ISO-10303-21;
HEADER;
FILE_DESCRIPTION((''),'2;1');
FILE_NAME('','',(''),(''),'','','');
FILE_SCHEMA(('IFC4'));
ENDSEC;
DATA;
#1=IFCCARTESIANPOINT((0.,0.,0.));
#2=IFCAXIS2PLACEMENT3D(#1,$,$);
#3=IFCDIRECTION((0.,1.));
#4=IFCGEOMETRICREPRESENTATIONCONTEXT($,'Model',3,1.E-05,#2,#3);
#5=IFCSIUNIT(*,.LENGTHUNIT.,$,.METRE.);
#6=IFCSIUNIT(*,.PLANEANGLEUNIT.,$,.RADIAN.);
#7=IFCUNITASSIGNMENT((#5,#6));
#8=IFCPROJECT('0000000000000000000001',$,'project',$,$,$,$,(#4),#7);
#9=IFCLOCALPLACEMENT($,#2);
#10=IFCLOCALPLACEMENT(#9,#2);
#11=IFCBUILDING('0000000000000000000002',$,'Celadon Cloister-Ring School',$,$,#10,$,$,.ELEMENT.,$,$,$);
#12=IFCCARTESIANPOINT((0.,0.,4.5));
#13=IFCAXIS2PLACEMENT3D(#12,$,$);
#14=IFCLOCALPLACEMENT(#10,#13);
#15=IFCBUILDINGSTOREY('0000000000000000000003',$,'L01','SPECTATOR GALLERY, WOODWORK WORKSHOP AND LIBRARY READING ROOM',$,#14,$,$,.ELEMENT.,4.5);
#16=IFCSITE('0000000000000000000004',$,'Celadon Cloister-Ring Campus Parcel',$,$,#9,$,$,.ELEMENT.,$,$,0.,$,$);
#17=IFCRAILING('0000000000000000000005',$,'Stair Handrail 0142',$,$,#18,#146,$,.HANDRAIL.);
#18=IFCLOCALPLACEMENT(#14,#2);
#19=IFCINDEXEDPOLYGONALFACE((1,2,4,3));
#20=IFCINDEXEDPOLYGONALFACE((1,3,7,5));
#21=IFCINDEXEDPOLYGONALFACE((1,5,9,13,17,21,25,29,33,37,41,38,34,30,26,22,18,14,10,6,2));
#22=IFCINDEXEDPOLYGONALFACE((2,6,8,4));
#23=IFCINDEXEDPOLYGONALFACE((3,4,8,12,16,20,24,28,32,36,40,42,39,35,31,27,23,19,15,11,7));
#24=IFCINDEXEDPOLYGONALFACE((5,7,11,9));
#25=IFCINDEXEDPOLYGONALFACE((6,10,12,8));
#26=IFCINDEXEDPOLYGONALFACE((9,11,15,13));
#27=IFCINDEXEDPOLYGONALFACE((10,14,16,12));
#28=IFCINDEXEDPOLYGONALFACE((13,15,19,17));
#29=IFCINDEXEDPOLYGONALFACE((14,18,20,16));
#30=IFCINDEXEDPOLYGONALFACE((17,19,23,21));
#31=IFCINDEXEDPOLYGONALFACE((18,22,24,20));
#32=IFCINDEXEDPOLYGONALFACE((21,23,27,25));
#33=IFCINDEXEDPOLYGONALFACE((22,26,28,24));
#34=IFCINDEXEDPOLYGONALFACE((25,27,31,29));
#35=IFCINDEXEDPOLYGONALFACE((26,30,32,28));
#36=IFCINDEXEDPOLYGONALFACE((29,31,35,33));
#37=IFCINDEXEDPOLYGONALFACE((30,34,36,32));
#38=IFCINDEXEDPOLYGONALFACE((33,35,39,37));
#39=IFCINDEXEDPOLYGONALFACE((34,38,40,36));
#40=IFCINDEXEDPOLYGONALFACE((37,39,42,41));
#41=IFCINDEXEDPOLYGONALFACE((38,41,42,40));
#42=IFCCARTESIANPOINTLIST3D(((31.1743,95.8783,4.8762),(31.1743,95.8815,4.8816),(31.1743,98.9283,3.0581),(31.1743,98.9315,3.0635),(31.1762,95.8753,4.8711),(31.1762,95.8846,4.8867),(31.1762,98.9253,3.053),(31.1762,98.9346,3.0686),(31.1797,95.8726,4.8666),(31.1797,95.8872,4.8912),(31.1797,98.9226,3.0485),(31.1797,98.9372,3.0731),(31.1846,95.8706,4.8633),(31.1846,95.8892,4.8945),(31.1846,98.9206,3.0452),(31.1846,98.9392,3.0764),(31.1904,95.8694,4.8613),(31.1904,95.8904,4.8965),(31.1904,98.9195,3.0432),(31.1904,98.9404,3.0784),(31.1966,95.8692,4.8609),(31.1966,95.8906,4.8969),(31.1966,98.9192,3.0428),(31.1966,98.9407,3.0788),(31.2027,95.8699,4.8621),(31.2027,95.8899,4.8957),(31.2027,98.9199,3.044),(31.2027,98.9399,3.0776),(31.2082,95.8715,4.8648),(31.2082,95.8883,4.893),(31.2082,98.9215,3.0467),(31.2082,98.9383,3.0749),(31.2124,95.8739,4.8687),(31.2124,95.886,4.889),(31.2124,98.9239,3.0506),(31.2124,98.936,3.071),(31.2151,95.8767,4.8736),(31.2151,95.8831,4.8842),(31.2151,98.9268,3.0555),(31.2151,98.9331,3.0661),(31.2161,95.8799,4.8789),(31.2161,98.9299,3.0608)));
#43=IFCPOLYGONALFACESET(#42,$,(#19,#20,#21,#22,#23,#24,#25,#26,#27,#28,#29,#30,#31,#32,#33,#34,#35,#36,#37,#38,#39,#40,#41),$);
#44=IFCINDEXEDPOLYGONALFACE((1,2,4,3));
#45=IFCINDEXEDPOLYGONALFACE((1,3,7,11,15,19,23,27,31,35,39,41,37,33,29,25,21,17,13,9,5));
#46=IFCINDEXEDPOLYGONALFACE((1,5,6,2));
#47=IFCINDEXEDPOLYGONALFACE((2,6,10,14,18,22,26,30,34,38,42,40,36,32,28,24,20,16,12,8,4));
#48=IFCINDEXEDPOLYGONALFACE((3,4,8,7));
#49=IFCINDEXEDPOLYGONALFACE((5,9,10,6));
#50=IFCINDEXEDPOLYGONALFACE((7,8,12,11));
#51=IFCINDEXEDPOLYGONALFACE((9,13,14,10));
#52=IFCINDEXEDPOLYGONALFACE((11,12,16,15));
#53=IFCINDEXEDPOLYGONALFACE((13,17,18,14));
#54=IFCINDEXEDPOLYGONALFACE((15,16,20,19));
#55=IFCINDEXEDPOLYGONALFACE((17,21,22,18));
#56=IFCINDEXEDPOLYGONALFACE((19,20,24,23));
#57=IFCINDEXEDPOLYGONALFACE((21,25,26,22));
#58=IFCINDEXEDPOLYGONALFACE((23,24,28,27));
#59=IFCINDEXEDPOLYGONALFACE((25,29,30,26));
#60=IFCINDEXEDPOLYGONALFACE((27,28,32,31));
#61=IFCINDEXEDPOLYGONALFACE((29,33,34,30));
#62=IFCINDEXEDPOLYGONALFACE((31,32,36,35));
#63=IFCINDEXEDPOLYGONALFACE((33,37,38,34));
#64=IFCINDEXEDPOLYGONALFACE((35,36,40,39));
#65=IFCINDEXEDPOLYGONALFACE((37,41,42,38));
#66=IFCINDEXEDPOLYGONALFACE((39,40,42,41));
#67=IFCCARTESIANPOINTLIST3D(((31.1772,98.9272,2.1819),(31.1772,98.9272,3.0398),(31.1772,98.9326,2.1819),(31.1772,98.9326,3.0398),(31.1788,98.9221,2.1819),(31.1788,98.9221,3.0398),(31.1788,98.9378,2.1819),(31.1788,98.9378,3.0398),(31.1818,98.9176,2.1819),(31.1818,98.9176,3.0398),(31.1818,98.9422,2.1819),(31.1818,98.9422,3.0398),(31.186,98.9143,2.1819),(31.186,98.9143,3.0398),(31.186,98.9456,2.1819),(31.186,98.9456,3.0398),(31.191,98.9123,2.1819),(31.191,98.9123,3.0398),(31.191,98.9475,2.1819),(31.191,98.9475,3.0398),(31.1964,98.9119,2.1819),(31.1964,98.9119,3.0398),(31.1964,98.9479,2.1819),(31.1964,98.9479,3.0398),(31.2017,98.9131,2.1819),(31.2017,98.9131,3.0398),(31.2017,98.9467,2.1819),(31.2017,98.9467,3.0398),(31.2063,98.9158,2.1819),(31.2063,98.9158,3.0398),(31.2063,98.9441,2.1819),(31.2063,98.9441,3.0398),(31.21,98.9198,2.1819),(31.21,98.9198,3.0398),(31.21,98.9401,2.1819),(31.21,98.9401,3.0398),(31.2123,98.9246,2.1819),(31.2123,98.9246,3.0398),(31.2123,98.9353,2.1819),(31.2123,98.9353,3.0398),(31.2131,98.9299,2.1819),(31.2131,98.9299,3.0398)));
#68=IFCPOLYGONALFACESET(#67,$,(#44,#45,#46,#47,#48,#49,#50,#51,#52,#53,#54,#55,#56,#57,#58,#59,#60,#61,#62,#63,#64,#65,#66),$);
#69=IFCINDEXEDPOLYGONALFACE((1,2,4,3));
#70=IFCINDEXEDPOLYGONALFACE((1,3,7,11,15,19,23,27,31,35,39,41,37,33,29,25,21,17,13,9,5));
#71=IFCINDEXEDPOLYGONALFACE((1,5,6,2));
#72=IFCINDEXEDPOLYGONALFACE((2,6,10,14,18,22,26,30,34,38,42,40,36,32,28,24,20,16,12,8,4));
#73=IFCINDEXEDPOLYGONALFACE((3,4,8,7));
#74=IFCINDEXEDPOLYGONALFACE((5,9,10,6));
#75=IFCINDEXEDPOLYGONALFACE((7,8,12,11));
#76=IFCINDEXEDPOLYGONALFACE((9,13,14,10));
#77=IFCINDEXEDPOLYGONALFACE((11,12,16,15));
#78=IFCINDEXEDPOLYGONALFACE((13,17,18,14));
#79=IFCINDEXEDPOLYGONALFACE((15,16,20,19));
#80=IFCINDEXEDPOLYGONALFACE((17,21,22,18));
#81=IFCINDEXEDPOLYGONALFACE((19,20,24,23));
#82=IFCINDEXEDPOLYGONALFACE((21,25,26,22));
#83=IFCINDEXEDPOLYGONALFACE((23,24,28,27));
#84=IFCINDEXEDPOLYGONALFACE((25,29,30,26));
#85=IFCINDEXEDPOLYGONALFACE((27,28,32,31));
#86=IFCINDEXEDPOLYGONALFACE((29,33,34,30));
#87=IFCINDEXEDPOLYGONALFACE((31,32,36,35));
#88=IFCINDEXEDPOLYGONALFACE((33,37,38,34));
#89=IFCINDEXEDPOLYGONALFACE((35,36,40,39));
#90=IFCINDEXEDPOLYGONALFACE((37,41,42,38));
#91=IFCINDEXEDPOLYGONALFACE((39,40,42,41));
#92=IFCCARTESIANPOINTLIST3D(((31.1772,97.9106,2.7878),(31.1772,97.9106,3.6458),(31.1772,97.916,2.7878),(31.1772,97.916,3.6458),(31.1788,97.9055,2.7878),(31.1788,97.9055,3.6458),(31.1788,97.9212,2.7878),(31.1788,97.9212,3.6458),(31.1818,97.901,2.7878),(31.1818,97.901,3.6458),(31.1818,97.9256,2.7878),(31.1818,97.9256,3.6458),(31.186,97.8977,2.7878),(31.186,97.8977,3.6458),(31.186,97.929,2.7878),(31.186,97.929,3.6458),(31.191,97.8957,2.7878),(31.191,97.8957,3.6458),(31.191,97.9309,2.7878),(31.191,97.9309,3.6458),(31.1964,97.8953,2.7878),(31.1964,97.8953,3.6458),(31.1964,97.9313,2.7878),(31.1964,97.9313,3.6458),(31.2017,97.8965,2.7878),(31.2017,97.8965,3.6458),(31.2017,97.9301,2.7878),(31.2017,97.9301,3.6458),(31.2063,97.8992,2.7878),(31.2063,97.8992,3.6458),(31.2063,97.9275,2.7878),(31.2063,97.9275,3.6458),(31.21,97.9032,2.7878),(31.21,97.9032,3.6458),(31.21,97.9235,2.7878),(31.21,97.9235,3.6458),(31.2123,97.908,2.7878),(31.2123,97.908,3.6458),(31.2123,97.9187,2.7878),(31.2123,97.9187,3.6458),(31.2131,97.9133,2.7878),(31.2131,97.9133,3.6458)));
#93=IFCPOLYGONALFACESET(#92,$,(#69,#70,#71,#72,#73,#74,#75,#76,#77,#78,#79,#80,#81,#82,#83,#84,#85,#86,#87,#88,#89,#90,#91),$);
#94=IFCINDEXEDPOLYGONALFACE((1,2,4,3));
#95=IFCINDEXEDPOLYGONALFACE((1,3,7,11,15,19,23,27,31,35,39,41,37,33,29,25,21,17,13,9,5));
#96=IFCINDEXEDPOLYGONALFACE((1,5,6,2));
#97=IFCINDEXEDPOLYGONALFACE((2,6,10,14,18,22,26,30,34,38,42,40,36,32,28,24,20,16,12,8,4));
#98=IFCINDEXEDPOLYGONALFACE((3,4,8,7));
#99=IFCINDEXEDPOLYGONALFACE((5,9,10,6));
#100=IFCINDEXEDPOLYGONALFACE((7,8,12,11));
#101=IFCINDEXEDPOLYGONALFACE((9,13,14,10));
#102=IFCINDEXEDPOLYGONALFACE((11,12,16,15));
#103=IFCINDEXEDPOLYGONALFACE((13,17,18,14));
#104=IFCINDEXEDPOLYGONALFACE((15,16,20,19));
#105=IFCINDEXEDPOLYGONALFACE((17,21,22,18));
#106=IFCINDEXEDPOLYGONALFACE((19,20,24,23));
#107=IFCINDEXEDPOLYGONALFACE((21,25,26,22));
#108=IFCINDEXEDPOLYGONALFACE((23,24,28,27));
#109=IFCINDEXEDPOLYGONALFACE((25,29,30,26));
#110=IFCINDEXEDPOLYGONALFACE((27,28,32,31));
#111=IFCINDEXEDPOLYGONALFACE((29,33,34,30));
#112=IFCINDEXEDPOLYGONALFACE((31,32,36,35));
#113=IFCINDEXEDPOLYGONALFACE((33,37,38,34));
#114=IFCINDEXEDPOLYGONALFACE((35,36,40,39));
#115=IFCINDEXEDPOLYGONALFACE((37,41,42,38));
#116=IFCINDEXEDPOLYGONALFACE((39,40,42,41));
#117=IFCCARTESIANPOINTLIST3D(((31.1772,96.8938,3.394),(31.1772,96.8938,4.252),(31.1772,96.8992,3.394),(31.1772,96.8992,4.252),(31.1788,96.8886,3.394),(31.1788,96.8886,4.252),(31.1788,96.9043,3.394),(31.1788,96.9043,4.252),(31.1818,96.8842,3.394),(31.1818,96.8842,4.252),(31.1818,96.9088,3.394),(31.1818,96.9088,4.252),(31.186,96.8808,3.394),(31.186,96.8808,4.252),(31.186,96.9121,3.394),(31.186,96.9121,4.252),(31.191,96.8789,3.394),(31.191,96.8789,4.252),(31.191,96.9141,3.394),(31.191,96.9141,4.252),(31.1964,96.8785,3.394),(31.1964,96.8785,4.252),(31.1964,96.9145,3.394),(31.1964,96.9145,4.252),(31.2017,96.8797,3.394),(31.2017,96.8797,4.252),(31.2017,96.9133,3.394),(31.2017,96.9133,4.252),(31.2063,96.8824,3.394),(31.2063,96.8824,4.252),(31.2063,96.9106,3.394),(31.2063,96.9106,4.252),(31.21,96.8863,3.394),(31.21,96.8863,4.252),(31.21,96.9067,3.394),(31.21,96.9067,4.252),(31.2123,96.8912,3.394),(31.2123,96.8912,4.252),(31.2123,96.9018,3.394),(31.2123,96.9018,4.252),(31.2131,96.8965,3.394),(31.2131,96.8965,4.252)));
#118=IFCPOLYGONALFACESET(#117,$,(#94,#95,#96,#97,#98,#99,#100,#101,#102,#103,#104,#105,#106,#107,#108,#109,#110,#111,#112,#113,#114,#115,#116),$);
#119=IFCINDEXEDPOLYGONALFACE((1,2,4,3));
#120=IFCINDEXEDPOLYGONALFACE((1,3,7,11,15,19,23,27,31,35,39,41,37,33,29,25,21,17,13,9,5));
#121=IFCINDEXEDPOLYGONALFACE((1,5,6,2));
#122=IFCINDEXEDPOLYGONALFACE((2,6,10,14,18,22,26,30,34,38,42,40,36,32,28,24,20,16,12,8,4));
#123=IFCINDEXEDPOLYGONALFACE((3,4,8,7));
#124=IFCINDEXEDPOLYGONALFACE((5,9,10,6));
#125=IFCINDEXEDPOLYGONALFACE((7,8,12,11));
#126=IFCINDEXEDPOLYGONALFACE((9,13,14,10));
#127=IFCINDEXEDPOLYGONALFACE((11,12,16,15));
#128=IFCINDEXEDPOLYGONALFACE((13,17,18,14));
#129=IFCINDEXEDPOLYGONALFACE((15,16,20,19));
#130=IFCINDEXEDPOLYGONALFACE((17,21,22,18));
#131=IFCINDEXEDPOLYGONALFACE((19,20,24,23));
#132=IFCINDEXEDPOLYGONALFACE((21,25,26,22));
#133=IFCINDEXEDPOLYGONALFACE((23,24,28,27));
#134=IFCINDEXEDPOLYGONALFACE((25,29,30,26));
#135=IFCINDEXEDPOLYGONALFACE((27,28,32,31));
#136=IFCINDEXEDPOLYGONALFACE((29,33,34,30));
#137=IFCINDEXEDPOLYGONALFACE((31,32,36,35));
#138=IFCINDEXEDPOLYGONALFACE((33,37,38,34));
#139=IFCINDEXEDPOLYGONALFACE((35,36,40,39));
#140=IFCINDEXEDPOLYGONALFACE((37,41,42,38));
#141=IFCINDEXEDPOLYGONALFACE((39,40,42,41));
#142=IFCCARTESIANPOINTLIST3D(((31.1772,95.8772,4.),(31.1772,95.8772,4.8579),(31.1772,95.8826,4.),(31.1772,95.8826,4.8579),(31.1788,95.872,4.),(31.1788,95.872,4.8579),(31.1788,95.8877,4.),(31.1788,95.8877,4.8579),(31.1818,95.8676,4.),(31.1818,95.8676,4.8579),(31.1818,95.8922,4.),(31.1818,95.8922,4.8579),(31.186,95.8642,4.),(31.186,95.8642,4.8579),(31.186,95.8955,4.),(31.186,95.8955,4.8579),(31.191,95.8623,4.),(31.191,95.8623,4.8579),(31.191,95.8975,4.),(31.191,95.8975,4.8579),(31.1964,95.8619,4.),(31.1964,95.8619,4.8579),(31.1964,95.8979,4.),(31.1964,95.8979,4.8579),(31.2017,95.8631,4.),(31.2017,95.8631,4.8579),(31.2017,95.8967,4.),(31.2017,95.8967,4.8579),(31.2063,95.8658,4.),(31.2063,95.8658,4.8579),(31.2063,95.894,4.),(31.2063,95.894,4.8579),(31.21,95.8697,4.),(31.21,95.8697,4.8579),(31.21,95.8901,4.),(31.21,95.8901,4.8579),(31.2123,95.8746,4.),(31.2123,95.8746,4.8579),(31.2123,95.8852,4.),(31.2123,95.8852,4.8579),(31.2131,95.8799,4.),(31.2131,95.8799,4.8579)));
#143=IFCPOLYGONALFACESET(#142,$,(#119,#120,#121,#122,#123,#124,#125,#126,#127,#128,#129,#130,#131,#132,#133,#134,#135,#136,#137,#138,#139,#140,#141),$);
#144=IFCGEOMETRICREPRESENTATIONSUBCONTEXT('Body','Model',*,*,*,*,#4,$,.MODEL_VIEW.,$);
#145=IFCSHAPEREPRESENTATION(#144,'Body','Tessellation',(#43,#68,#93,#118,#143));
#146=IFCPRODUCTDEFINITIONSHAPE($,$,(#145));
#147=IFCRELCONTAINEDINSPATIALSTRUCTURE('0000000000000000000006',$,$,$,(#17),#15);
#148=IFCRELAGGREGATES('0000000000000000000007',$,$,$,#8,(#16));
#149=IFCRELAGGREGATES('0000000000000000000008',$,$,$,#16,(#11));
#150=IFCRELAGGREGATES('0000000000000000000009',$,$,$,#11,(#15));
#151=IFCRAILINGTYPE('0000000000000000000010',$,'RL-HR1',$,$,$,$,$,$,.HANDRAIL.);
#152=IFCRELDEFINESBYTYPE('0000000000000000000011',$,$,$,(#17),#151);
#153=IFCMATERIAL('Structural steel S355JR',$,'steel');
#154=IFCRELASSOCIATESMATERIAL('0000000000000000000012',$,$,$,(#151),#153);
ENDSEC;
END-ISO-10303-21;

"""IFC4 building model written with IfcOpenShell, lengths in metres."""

from ifc_helpers import new_model, si_unit, direction, frame, origin, origin_2d, place, context, subcontext, project, spatial, circle, extrude, material, type_object, element, save


model = new_model("IFC4")

# Units and contexts
model_context = context("Model", 3, precision=1e-05, world=origin(), true_north=direction((0.0, 1.0)))
body_context = subcontext(model_context, "Body", "Model", "MODEL_VIEW")
ifc_project = project(units=[si_unit("LENGTHUNIT", "METRE"), si_unit("PLANEANGLEUNIT", "RADIAN")], contexts=[model_context])

# Site, building, storey
site_placement = place(None, origin())
site = spatial("IfcSite", under=ifc_project, at=site_placement, Name="Celadon Cloister-Ring Campus Parcel", CompositionType="ELEMENT", RefElevation=0.0)
building_placement = place(site_placement, origin())
building = spatial("IfcBuilding", under=site, at=building_placement, Name="Celadon Cloister-Ring School", CompositionType="ELEMENT")
storey_placement = place(building_placement, frame((0.0, 0.0, 4.5)))
storey = spatial("IfcBuildingStorey", under=building, at=storey_placement, Name="L01", Description="SPECTATOR GALLERY, WOODWORK WORKSHOP AND LIBRARY READING ROOM", CompositionType="ELEMENT", Elevation=4.5)

# Railing
ifc_material_1 = material(Name="Structural steel S355JR", Category="steel")
railing_type_1 = type_object("IfcRailingType", Name="RL-HR1", PredefinedType="HANDRAIL", material=ifc_material_1)
for number, where, name in (
    (1, (31.1951, 98.9299, 2.1819), "Stair Handrail 0142"),
):
    element("IfcRailing", number, at=place(storey_placement, frame(where)), inside=storey, type_object=railing_type_1, Name=name, PredefinedType="HANDRAIL", context=body_context, shape_type="SweptSolid", body=[
        extrude(circle(Radius=0.021, at=origin_2d()), frame((0.0, 0.0, 0.8789), z_axis=(0.0, -0.85897, 0.512026), x_axis=(1.0, 0.0, 0.0)), (0.0, 0.0, 1.0), 3.5508),
        extrude(circle(Radius=0.0181, at=origin_2d()), origin(), (0.0, 0.0, 1.0), 0.8579),
        extrude(circle(Radius=0.0181, at=origin_2d()), frame((0.0, -1.0166, 0.606)), (0.0, 0.0, 1.0), 0.8579),
        extrude(circle(Radius=0.0181, at=origin_2d()), frame((0.0, -2.0334, 1.2122)), (0.0, 0.0, 1.0), 0.8579),
        extrude(circle(Radius=0.0181, at=origin_2d()), frame((0.0, -3.05, 1.8181)), (0.0, 0.0, 1.0), 0.8579),
    ])

save(model, "model.ifc")
